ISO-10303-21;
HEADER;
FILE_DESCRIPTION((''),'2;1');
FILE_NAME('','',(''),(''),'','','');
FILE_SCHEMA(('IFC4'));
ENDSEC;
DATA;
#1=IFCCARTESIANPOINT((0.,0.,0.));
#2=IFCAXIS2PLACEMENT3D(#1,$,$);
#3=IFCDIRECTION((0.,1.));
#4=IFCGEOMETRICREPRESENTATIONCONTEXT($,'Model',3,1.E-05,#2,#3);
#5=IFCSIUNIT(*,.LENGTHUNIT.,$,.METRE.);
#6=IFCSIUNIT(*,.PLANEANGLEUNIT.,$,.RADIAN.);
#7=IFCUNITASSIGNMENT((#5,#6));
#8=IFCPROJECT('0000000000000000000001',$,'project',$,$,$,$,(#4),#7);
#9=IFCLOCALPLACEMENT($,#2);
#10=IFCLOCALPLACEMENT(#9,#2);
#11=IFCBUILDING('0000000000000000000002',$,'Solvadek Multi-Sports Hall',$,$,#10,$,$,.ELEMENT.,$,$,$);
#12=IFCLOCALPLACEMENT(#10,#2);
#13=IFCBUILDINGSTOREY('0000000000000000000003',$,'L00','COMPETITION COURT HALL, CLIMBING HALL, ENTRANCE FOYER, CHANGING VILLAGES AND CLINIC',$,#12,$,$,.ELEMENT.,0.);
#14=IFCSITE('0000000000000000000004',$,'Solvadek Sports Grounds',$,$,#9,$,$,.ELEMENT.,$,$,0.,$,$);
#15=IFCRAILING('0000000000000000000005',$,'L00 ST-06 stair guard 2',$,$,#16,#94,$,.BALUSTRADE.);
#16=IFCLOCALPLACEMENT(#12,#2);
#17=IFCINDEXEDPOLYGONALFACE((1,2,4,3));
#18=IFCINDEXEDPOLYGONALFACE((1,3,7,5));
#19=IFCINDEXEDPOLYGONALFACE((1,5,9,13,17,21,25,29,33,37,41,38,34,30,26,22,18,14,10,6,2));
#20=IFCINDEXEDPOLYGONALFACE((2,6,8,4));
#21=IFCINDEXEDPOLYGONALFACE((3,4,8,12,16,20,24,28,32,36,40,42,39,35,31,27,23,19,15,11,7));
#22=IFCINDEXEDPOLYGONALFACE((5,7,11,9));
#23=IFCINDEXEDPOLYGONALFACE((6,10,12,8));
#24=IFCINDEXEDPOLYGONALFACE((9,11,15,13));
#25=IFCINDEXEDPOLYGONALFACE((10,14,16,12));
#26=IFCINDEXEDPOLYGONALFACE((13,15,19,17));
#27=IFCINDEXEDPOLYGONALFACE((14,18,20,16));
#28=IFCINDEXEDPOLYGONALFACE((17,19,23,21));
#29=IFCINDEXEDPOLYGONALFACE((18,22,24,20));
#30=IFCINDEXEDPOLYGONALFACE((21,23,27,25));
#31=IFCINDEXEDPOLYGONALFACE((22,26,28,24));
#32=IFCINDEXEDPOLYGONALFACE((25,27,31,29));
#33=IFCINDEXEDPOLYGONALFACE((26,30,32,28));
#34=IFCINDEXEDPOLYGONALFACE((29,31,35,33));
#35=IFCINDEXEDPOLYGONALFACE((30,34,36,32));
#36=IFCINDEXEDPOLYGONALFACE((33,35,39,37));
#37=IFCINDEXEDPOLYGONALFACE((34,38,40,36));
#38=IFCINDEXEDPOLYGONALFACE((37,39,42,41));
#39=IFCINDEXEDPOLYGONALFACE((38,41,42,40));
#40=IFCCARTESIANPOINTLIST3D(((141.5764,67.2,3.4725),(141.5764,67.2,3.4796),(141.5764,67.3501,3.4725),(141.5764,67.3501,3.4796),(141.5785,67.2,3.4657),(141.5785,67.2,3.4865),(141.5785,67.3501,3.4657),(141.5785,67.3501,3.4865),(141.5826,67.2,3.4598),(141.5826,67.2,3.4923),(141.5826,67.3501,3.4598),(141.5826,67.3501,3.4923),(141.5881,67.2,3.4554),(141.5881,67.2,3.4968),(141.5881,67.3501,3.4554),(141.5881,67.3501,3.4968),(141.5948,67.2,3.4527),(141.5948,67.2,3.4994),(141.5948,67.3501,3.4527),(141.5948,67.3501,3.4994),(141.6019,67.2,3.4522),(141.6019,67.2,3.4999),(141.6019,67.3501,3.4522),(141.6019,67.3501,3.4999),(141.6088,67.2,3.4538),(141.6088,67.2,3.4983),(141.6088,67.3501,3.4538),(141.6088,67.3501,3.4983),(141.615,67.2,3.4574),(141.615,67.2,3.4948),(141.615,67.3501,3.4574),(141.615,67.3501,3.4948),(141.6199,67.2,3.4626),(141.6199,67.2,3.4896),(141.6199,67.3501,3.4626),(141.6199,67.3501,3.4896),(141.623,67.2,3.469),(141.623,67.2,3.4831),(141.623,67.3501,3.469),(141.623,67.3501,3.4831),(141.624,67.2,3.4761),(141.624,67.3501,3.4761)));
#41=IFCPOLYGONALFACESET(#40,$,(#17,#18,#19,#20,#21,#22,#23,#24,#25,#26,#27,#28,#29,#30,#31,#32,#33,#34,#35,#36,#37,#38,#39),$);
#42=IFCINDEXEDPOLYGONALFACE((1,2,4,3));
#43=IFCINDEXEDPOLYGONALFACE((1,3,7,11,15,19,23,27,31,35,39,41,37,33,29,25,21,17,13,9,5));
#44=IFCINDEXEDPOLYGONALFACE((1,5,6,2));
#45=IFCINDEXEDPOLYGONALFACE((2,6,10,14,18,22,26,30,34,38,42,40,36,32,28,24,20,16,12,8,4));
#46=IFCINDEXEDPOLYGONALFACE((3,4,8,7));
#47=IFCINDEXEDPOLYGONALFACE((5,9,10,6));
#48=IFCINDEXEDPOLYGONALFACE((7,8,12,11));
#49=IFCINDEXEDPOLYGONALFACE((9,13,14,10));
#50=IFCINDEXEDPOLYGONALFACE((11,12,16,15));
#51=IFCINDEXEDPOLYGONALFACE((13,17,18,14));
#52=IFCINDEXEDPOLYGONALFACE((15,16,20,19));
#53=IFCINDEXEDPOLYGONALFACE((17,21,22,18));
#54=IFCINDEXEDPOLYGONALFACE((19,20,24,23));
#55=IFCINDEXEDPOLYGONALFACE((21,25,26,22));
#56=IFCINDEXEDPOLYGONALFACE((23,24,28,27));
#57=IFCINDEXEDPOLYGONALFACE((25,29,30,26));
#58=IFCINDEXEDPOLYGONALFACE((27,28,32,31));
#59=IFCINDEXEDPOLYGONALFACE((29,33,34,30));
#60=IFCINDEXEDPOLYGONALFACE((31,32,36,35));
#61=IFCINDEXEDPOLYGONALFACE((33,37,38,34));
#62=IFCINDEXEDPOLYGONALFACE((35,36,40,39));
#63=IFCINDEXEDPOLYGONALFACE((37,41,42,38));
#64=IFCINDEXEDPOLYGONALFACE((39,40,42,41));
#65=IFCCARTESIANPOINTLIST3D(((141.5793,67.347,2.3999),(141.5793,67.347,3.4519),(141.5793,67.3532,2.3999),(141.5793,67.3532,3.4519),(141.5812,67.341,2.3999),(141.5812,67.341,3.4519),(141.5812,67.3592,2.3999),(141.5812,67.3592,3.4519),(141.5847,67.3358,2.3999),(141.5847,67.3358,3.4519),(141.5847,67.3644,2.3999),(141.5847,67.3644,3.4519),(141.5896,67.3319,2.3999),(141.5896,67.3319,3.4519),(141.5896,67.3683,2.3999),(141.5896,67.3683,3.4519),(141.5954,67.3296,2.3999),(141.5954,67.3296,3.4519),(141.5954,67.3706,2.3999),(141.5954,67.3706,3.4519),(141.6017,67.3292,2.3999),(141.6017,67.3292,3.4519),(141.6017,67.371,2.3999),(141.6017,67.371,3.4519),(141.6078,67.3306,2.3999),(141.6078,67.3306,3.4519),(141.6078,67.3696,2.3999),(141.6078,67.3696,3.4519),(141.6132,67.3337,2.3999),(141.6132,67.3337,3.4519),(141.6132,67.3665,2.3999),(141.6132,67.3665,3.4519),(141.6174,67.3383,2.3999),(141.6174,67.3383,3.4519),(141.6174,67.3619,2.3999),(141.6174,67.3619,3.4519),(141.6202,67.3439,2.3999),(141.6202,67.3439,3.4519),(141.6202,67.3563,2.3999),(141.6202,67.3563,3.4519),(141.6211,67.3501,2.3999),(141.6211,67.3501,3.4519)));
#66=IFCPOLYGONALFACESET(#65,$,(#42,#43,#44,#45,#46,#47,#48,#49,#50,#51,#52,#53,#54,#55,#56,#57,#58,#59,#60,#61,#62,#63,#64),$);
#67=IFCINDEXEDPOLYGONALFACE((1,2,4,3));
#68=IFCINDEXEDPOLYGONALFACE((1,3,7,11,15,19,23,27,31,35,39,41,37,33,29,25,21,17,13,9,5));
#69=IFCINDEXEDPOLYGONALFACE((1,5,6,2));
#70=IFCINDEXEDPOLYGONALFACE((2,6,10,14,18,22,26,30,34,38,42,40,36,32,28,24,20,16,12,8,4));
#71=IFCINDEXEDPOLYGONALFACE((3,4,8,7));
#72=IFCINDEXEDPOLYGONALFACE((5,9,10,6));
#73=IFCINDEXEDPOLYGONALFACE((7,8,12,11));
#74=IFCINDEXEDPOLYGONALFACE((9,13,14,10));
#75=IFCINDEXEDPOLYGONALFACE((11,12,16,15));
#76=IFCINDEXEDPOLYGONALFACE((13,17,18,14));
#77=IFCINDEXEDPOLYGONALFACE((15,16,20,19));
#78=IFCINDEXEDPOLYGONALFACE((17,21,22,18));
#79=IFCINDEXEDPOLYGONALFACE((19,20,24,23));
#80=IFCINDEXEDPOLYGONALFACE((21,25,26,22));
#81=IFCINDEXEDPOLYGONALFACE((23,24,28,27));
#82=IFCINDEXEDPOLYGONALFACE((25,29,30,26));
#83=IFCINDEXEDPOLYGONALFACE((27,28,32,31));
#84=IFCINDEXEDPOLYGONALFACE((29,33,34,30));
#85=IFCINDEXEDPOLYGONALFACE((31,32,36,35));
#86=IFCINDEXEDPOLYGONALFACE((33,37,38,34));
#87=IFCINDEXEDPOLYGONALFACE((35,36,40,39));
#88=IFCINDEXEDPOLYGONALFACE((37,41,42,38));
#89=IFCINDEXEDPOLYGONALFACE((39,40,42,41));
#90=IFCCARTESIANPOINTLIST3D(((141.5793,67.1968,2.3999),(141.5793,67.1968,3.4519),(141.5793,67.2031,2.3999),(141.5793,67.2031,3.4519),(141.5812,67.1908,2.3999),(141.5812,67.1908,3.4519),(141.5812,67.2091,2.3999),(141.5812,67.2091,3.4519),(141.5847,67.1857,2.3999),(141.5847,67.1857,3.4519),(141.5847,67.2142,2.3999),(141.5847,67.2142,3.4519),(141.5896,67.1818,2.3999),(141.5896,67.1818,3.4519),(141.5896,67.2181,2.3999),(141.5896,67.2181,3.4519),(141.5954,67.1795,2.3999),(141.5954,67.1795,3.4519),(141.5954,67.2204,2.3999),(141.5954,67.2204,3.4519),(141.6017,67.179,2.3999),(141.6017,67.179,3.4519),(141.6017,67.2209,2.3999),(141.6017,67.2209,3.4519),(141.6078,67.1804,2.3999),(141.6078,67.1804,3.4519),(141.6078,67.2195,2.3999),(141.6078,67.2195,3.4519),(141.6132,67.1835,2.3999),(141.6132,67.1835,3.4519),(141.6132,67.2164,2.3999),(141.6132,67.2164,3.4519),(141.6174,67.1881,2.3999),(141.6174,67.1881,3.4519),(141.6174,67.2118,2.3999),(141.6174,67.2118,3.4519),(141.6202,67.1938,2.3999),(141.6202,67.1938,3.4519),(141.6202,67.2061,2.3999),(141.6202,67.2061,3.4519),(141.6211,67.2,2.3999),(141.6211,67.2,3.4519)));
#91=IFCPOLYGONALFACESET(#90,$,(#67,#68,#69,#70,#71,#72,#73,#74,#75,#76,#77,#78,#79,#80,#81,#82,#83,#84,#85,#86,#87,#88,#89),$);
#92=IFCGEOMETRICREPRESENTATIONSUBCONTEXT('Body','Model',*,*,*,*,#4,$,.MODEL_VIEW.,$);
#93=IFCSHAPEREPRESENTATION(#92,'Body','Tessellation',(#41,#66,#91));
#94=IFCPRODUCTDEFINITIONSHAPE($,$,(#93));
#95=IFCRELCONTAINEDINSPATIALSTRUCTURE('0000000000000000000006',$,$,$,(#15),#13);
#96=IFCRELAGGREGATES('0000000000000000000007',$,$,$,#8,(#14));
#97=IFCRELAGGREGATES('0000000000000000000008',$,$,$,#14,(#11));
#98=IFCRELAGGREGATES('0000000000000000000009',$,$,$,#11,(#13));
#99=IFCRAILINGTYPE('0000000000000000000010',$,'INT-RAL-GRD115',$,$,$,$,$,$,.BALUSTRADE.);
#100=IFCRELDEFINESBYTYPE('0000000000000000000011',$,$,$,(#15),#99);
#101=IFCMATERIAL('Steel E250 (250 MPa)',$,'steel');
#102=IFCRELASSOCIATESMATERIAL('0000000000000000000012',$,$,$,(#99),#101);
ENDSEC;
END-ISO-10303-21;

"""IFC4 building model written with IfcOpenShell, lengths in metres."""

from ifc_helpers import new_model, si_unit, direction, frame, origin, origin_2d, place, context, subcontext, project, spatial, circle, extrude, material, type_object, element, save


model = new_model("IFC4")

# Units and contexts
model_context = context("Model", 3, precision=1e-05, world=origin(), true_north=direction((0.0, 1.0)))
body_context = subcontext(model_context, "Body", "Model", "MODEL_VIEW")
ifc_project = project(units=[si_unit("LENGTHUNIT", "METRE"), si_unit("PLANEANGLEUNIT", "RADIAN")], contexts=[model_context])

# Site, building, storey
site_placement = place(None, origin())
site = spatial("IfcSite", under=ifc_project, at=site_placement, Name="Solvadek Sports Grounds", CompositionType="ELEMENT", RefElevation=0.0)
building_placement = place(site_placement, origin())
building = spatial("IfcBuilding", under=site, at=building_placement, Name="Solvadek Multi-Sports Hall", CompositionType="ELEMENT")
storey_placement = place(building_placement, origin())
storey = spatial("IfcBuildingStorey", under=building, at=storey_placement, Name="L00", Description="COMPETITION COURT HALL, CLIMBING HALL, ENTRANCE FOYER, CHANGING VILLAGES AND CLINIC", CompositionType="ELEMENT", Elevation=0.0)

# Shared definitions
ifc_material_1 = material(Name="Steel E250 (250 MPa)", Category="steel")

# Railing
railing_type_1 = type_object("IfcRailingType", Name="INT-RAL-GRD115", PredefinedType="BALUSTRADE", material=ifc_material_1)
railing_1_placement = place(storey_placement, frame((141.6001, 67.3501, 2.3999)))
element("IfcRailing", 1, at=railing_1_placement, inside=storey, type_object=railing_type_1, Name="L00 ST-06 stair guard 2", PredefinedType="BALUSTRADE", context=body_context, shape_type="SweptSolid", body=[
    extrude(circle(Radius=0.0239, at=origin_2d()), frame((0.0, 0.0, 1.0762), z_axis=(0.0, -1.0, 0.0), x_axis=(1.0, 0.0, 0.0)), (0.0, 0.0, 1.0), 0.1501),
    extrude(circle(Radius=0.021, at=origin_2d()), origin(), (0.0, 0.0, 1.0), 1.052),
    extrude(circle(Radius=0.021, at=origin_2d()), frame((0.0, -0.1501, 0.0)), (0.0, 0.0, 1.0), 1.052),
])

save(model, "model.ifc")
